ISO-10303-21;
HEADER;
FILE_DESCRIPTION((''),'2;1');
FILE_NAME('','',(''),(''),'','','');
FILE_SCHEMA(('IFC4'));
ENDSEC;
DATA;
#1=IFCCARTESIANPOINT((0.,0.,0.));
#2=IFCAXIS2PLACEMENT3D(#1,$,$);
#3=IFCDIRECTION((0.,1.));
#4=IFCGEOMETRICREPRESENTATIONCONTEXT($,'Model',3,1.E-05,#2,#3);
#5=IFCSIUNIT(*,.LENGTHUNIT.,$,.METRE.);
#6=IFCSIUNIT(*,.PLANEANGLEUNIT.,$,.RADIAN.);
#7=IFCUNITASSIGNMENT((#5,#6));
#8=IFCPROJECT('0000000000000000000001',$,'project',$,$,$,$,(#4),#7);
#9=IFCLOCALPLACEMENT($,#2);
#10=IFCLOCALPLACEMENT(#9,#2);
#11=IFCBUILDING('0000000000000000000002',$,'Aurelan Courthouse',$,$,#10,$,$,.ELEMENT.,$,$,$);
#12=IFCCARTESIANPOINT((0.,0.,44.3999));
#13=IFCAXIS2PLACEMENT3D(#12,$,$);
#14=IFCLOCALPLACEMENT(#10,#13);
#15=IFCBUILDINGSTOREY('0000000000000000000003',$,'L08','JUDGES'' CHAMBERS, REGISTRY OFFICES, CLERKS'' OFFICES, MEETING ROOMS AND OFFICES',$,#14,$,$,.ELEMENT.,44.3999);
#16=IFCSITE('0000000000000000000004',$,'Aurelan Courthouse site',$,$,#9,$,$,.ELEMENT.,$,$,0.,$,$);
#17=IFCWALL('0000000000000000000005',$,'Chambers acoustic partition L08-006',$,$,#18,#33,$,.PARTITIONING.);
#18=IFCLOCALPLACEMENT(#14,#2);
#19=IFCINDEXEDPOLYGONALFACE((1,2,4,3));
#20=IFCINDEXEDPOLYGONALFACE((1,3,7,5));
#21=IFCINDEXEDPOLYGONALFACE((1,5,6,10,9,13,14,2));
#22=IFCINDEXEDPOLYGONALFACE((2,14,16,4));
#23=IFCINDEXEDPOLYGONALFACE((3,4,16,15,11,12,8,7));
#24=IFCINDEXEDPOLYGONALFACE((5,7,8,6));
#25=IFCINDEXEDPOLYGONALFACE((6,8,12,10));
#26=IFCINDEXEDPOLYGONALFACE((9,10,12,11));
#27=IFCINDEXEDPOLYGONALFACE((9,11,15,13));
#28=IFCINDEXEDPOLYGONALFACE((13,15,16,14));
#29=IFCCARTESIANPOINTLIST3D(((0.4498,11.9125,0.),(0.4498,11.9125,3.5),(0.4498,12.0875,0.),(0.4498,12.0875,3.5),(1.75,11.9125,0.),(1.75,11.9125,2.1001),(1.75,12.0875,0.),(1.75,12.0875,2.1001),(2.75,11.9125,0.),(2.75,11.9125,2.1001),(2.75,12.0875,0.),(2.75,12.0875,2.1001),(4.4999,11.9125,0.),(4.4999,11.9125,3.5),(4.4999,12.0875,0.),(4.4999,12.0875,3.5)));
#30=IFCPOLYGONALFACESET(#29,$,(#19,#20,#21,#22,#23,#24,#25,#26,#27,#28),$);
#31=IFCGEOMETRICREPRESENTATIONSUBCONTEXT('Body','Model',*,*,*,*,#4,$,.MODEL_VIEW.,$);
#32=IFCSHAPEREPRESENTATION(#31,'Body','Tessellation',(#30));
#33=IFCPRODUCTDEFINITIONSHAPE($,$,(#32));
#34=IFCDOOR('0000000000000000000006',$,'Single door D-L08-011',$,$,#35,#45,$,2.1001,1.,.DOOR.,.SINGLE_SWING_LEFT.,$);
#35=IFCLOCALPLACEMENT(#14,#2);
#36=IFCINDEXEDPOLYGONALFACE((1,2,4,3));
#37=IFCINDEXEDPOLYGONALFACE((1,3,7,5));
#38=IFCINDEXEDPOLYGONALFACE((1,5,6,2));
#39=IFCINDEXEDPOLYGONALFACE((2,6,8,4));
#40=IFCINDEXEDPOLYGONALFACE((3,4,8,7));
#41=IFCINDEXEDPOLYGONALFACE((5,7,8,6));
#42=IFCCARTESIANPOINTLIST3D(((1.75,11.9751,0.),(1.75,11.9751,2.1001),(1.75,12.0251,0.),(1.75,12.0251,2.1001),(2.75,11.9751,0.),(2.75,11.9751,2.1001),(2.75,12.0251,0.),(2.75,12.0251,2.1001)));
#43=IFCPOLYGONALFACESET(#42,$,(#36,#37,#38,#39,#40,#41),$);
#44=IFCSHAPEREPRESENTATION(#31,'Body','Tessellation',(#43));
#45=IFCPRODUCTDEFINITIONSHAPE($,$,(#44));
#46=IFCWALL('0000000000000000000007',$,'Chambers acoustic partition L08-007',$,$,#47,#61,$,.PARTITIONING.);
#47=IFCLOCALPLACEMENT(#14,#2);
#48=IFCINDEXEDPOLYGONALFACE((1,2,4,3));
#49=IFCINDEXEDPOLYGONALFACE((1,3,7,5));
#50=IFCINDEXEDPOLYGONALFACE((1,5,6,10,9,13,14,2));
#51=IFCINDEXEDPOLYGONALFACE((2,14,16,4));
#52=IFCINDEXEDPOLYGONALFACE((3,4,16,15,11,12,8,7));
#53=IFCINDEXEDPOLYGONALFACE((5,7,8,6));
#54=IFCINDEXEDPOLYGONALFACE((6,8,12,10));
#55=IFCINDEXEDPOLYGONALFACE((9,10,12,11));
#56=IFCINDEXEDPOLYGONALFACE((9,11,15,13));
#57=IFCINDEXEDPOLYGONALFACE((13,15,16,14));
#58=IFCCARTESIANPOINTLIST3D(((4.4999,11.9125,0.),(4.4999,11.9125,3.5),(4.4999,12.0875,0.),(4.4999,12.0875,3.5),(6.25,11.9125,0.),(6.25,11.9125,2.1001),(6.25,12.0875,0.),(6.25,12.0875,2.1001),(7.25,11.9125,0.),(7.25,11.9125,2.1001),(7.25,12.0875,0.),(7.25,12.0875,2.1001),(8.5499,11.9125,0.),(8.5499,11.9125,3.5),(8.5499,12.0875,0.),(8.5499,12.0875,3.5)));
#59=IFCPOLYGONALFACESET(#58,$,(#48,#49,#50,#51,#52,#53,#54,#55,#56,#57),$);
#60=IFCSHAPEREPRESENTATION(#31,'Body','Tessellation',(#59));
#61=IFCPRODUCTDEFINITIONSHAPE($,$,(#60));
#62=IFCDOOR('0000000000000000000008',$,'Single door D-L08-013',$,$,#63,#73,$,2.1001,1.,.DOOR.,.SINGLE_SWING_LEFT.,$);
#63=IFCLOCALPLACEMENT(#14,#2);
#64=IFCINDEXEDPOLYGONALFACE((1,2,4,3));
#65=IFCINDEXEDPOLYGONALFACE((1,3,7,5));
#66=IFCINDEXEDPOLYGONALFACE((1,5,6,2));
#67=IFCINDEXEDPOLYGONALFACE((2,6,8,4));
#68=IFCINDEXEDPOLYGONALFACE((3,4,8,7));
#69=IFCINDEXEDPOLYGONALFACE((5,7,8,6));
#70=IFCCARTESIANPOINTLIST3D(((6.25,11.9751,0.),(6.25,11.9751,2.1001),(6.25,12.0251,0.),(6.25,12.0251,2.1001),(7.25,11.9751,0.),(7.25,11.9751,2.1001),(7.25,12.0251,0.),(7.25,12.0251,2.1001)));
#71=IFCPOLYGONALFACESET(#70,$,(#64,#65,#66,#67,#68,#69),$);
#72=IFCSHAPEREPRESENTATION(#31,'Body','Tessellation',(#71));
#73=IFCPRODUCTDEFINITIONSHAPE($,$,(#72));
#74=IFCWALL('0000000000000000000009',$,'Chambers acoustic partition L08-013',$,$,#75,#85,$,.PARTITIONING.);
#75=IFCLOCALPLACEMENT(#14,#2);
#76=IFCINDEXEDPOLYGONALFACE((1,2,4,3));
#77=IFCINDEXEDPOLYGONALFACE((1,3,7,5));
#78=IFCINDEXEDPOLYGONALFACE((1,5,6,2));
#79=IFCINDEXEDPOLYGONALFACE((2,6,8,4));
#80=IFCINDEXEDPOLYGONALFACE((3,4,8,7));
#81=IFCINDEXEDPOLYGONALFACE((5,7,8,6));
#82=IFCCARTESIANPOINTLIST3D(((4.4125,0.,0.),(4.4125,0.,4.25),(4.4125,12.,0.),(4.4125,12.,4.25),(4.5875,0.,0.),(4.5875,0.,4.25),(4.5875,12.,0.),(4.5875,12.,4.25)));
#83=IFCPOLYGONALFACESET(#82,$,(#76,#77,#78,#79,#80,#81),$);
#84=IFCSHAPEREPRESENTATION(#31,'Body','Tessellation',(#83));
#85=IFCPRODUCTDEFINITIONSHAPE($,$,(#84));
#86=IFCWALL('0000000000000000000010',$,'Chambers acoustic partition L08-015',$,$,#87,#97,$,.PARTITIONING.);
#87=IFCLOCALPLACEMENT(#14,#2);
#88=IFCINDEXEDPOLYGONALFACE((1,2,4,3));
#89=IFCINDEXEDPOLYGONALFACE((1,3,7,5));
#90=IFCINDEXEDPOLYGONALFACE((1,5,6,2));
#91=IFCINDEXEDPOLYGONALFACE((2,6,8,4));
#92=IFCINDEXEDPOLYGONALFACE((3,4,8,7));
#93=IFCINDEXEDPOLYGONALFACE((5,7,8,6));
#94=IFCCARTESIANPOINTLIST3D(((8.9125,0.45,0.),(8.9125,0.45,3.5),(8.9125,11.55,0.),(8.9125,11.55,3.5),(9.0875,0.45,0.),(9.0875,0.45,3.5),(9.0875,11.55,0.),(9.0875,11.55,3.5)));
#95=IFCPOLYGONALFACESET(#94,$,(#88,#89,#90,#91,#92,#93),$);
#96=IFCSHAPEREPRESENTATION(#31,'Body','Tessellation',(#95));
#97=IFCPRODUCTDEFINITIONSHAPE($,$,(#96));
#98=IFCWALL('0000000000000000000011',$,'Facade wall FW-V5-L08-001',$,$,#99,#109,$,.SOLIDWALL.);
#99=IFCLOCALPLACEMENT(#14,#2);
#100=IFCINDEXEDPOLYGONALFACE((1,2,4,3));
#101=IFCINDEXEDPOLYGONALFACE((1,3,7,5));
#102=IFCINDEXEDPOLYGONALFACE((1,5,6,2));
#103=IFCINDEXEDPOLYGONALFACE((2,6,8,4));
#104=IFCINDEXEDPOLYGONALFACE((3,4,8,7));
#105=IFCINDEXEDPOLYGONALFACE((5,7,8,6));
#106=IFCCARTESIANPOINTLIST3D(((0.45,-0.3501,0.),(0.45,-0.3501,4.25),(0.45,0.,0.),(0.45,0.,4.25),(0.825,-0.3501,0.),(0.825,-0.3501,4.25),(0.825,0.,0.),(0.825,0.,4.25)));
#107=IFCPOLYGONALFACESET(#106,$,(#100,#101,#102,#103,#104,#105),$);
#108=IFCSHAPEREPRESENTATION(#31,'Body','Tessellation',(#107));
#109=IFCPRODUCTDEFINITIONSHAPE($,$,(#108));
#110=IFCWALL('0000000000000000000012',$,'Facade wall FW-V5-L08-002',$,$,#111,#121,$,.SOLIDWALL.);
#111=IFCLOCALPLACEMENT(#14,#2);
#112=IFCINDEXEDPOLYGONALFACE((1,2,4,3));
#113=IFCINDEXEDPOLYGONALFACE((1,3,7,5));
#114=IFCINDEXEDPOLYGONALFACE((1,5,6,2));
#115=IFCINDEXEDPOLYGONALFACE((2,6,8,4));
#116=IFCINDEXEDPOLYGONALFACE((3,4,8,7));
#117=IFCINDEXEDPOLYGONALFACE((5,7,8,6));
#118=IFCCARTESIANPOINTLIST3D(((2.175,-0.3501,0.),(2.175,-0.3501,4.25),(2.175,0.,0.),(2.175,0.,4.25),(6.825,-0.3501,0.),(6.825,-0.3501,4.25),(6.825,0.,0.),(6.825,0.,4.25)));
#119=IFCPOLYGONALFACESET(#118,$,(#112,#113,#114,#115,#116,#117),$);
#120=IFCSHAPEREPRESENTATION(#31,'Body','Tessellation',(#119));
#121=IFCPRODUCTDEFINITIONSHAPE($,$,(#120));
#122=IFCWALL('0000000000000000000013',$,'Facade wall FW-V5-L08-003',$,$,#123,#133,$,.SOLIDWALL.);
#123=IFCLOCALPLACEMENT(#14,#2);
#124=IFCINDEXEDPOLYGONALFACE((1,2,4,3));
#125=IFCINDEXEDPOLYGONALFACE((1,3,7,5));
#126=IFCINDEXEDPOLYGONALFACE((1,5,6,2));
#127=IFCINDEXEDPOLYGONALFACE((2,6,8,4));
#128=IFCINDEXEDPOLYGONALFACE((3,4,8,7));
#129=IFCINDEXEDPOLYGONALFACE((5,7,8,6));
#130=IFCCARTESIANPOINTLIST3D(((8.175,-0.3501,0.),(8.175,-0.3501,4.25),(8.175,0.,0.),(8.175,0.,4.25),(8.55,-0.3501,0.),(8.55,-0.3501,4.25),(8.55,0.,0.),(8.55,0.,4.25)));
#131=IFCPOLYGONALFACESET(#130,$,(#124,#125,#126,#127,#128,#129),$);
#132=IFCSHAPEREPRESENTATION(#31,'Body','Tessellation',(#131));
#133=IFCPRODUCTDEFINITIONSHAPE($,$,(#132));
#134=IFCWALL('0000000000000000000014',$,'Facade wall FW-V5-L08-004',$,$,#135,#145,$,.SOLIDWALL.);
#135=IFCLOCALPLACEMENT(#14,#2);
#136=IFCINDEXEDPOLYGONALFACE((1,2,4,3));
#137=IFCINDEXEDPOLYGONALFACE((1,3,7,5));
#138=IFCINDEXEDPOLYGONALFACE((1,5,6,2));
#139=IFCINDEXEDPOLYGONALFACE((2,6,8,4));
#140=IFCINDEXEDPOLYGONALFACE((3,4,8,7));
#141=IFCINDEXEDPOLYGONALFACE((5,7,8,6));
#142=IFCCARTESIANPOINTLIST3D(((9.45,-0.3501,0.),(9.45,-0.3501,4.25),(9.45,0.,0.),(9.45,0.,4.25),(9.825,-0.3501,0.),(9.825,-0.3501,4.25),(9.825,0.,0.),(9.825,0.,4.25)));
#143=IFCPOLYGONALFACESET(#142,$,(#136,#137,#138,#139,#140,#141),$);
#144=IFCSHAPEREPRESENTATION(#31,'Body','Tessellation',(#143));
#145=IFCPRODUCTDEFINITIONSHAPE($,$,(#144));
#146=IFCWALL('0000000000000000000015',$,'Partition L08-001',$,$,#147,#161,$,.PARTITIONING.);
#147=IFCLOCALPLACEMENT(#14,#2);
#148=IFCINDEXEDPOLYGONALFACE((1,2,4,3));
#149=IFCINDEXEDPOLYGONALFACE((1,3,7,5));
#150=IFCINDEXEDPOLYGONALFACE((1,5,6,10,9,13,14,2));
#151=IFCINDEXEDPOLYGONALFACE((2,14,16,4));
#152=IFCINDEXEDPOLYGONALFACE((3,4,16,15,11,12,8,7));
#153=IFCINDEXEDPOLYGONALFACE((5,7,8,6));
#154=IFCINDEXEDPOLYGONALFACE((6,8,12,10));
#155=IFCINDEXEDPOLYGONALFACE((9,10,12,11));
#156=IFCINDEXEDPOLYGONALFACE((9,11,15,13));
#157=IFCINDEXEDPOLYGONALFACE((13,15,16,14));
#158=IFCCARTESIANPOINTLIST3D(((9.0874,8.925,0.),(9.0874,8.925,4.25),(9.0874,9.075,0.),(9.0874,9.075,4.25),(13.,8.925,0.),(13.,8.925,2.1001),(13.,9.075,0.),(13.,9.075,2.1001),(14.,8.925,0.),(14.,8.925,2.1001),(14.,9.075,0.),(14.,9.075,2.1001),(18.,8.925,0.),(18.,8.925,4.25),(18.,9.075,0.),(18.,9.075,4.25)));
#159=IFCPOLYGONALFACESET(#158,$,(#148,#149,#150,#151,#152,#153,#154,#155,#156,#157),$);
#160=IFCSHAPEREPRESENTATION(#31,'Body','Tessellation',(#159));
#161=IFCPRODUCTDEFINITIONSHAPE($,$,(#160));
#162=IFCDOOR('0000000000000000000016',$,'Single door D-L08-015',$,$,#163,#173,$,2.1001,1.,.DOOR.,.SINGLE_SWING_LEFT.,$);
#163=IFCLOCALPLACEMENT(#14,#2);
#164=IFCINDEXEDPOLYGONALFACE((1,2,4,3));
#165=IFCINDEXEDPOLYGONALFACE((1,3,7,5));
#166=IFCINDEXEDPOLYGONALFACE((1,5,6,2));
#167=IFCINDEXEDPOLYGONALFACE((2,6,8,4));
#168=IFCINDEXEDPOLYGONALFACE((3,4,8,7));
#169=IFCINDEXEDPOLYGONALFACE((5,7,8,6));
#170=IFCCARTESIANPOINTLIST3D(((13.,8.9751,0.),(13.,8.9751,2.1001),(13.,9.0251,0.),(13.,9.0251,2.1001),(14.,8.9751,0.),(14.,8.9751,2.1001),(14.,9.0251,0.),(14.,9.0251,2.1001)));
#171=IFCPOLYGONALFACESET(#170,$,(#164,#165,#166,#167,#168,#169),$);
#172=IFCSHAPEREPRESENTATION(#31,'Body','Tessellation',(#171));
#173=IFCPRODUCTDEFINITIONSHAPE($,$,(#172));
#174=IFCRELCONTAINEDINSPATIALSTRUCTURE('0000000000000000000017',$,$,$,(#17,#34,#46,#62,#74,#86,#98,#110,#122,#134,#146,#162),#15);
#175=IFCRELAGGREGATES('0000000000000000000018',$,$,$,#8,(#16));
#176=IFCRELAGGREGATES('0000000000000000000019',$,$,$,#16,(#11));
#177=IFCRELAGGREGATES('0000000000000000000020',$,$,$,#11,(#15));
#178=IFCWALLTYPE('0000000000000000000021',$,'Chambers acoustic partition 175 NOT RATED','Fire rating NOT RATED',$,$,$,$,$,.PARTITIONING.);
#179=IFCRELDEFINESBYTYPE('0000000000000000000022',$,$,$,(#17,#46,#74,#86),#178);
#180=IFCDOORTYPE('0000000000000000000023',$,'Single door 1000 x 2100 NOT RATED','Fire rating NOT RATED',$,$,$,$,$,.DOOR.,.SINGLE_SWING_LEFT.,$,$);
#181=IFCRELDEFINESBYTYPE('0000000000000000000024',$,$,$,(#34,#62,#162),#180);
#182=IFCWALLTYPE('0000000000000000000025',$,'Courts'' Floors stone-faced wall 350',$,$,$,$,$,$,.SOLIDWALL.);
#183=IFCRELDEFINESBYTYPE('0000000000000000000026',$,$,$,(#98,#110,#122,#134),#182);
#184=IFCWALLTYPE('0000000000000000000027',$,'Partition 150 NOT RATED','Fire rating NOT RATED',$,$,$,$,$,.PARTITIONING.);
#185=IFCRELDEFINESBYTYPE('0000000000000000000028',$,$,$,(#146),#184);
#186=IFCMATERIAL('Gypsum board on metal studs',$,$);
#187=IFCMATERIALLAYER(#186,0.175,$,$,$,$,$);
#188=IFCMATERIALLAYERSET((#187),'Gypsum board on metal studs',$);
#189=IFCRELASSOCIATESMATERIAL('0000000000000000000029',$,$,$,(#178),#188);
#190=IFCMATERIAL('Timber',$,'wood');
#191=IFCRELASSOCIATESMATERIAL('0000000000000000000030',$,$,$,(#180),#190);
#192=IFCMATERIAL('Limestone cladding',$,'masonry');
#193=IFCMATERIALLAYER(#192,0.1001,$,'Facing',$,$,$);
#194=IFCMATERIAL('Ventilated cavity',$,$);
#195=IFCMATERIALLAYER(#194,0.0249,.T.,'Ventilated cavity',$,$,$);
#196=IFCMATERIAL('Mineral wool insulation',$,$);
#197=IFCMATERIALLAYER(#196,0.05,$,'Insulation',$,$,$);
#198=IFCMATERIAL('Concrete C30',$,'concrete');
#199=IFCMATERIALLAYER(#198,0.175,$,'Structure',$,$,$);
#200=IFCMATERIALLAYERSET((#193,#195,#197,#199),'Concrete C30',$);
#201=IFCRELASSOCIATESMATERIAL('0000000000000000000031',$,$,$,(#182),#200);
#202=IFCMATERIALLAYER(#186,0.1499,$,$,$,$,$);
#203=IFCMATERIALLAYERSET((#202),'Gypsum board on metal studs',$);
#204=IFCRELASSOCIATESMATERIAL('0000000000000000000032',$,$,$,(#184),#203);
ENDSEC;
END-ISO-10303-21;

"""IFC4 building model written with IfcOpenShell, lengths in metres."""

from ifc_helpers import new_model, si_unit, direction, frame, frame_2d, origin, place, context, subcontext, project, spatial, rectangle, extrude, material, layer, layer_set, type_object, element, fill, save


model = new_model("IFC4")

# Units and contexts
model_context = context("Model", 3, precision=1e-05, world=origin(), true_north=direction((0.0, 1.0)))
body_context = subcontext(model_context, "Body", "Model", "MODEL_VIEW")
ifc_project = project(units=[si_unit("LENGTHUNIT", "METRE"), si_unit("PLANEANGLEUNIT", "RADIAN")], contexts=[model_context])

# Site, building, storey
site_placement = place(None, origin())
site = spatial("IfcSite", under=ifc_project, at=site_placement, Name="Aurelan Courthouse site", CompositionType="ELEMENT", RefElevation=0.0)
building_placement = place(site_placement, origin())
building = spatial("IfcBuilding", under=site, at=building_placement, Name="Aurelan Courthouse", CompositionType="ELEMENT")
storey_placement = place(building_placement, frame((0.0, 0.0, 44.3999)))
storey = spatial("IfcBuildingStorey", under=building, at=storey_placement, Name="L08", Description="JUDGES' CHAMBERS, REGISTRY OFFICES, CLERKS' OFFICES, MEETING ROOMS AND OFFICES", CompositionType="ELEMENT", Elevation=44.3999)

# Walls, openings, doors
ifc_material_1 = material(Name="Gypsum board on metal studs")
ifc_layer_1 = layer(ifc_material_1, 0.175)
ifc_layer_set_1 = layer_set([ifc_layer_1], Name="Gypsum board on metal studs")
wall_type_1 = type_object("IfcWallType", Name="Chambers acoustic partition 175 NOT RATED", Description="Fire rating NOT RATED", PredefinedType="PARTITIONING", material=ifc_layer_set_1)
wall_1_placement = place(storey_placement, frame((0.45, 12.0, 0.0), z_axis=(0.0, 0.0, 1.0), x_axis=(1.0, 0.0, 0.0)))
wall_1 = element("IfcWall", 1, at=wall_1_placement, inside=storey, type_object=wall_type_1, Name="Chambers acoustic partition L08-006", PredefinedType="PARTITIONING", context=body_context, shape_type="SweptSolid", body=[
    extrude(rectangle(XDim=4.05, YDim=0.175, at=frame_2d((2.0249, 0.0))), origin(), (0.0, 0.0, 1.0), 3.5),
])
opening_1_placement = place(wall_1_placement, frame((2.3, 0.0, 0.0), z_axis=(0.0, 0.0, 1.0), x_axis=(-1.0, 0.0, 0.0)))
opening_1 = element("IfcOpeningElement", 2, at=opening_1_placement, cuts=wall_1, PredefinedType="OPENING", context=body_context, shape_type="SweptSolid", body=[
    extrude(rectangle(XDim=1.0, YDim=2.1001, at=frame_2d((0.5, 1.05))), frame((0.0, 0.0974, 0.0), z_axis=(0.0, -1.0, 0.0), x_axis=(1.0, 0.0, 0.0)), (0.0, 0.0, 1.0), 0.1951),
])
ifc_material_2 = material(Name="Timber", Category="wood")
door_type = type_object("IfcDoorType", Name="Single door 1000 x 2100 NOT RATED", Description="Fire rating NOT RATED", OperationType="SINGLE_SWING_LEFT", PredefinedType="DOOR", material=ifc_material_2)
door_1_placement = place(opening_1_placement, origin())
door_1 = element("IfcDoor", 3, at=door_1_placement, inside=storey, type_object=door_type, Name="Single door D-L08-011", OperationType="SINGLE_SWING_LEFT", OverallHeight=2.1001, OverallWidth=1.0, PredefinedType="DOOR", context=body_context, shape_type="SweptSolid", body=[
    extrude(rectangle(XDim=1.0, YDim=2.1001, at=frame_2d((0.5, 1.05))), frame((0.0, 0.0249, 0.0), z_axis=(0.0, -1.0, 0.0), x_axis=(1.0, 0.0, 0.0)), (0.0, 0.0, 1.0), 0.05),
])
fill(opening_1, door_1)
wall_2_placement = place(storey_placement, frame((4.5, 12.0, 0.0), z_axis=(0.0, 0.0, 1.0), x_axis=(1.0, 0.0, 0.0)))
wall_2 = element("IfcWall", 4, at=wall_2_placement, inside=storey, type_object=wall_type_1, Name="Chambers acoustic partition L08-007", PredefinedType="PARTITIONING", context=body_context, shape_type="SweptSolid", body=[
    extrude(rectangle(XDim=4.05, YDim=0.175, at=frame_2d((2.0249, 0.0))), origin(), (0.0, 0.0, 1.0), 3.5),
])
opening_2_placement = place(wall_2_placement, frame((2.75, 0.0, 0.0), z_axis=(0.0, 0.0, 1.0), x_axis=(-1.0, 0.0, 0.0)))
opening_2 = element("IfcOpeningElement", 5, at=opening_2_placement, cuts=wall_2, PredefinedType="OPENING", context=body_context, shape_type="SweptSolid", body=[
    extrude(rectangle(XDim=1.0, YDim=2.1001, at=frame_2d((0.5, 1.05))), frame((0.0, 0.0974, 0.0), z_axis=(0.0, -1.0, 0.0), x_axis=(1.0, 0.0, 0.0)), (0.0, 0.0, 1.0), 0.1951),
])
door_2_placement = place(opening_2_placement, origin())
door_2 = element("IfcDoor", 6, at=door_2_placement, inside=storey, type_object=door_type, Name="Single door D-L08-013", OperationType="SINGLE_SWING_LEFT", OverallHeight=2.1001, OverallWidth=1.0, PredefinedType="DOOR", context=body_context, shape_type="SweptSolid", body=[
    extrude(rectangle(XDim=1.0, YDim=2.1001, at=frame_2d((0.5, 1.05))), frame((0.0, 0.0249, 0.0), z_axis=(0.0, -1.0, 0.0), x_axis=(1.0, 0.0, 0.0)), (0.0, 0.0, 1.0), 0.05),
])
fill(opening_2, door_2)

# Walls
wall_3_placement = place(storey_placement, frame((4.5, 0.0, 0.0), z_axis=(0.0, 0.0, 1.0), x_axis=(0.0, 1.0, 0.0)))
element("IfcWall", 7, at=wall_3_placement, inside=storey, type_object=wall_type_1, Name="Chambers acoustic partition L08-013", PredefinedType="PARTITIONING", context=body_context, shape_type="SweptSolid", body=[
    extrude(rectangle(XDim=12.0, YDim=0.175, at=frame_2d((6.0, 0.0))), origin(), (0.0, 0.0, 1.0), 4.25),
])
wall_4_placement = place(storey_placement, frame((9.0, 0.45, 0.0), z_axis=(0.0, 0.0, 1.0), x_axis=(0.0, 1.0, 0.0)))
element("IfcWall", 8, at=wall_4_placement, inside=storey, type_object=wall_type_1, Name="Chambers acoustic partition L08-015", PredefinedType="PARTITIONING", context=body_context, shape_type="SweptSolid", body=[
    extrude(rectangle(XDim=11.1001, YDim=0.175, at=frame_2d((5.55, 0.0))), origin(), (0.0, 0.0, 1.0), 3.5),
])
ifc_material_3 = material(Name="Limestone cladding", Category="masonry")
ifc_layer_2 = layer(ifc_material_3, 0.1001, Name="Facing")
ifc_material_4 = material(Name="Ventilated cavity")
ifc_layer_3 = layer(ifc_material_4, 0.0249, ventilated=True, Name="Ventilated cavity")
ifc_material_5 = material(Name="Mineral wool insulation")
ifc_layer_4 = layer(ifc_material_5, 0.05, Name="Insulation")
ifc_material_6 = material(Name="Concrete C30", Category="concrete")
ifc_layer_5 = layer(ifc_material_6, 0.175, Name="Structure")
ifc_layer_set_2 = layer_set([ifc_layer_2, ifc_layer_3, ifc_layer_4, ifc_layer_5], Name="Concrete C30")
wall_type_2 = type_object("IfcWallType", Name="Courts' Floors stone-faced wall 350", PredefinedType="SOLIDWALL", material=ifc_layer_set_2)
wall_5_placement = place(storey_placement, frame((0.45, -0.175, 0.0), z_axis=(0.0, 0.0, 1.0), x_axis=(1.0, 0.0, 0.0)))
element("IfcWall", 9, at=wall_5_placement, inside=storey, type_object=wall_type_2, Name="Facade wall FW-V5-L08-001", PredefinedType="SOLIDWALL", context=body_context, shape_type="SweptSolid", body=[
    extrude(rectangle(XDim=0.375, YDim=0.3501, at=frame_2d((0.1875, 0.0))), origin(), (0.0, 0.0, 1.0), 4.25),
])
wall_6_placement = place(storey_placement, frame((2.175, -0.175, 0.0), z_axis=(0.0, 0.0, 1.0), x_axis=(1.0, 0.0, 0.0)))
element("IfcWall", 10, at=wall_6_placement, inside=storey, type_object=wall_type_2, Name="Facade wall FW-V5-L08-002", PredefinedType="SOLIDWALL", context=body_context, shape_type="SweptSolid", body=[
    extrude(rectangle(XDim=4.6499, YDim=0.3501, at=frame_2d((2.325, 0.0))), origin(), (0.0, 0.0, 1.0), 4.25),
])
for number, where, z_axis, x_axis, name in (
    (11, (8.175, -0.175, 0.0), (0.0, 0.0, 1.0), (1.0, 0.0, 0.0), "Facade wall FW-V5-L08-003"),
    (12, (9.45, -0.175, 0.0), (0.0, 0.0, 1.0), (1.0, 0.0, 0.0), "Facade wall FW-V5-L08-004"),
):
    element("IfcWall", number, at=place(storey_placement, frame(where, z_axis=z_axis, x_axis=x_axis)), inside=storey, type_object=wall_type_2, Name=name, PredefinedType="SOLIDWALL", context=body_context, shape_type="SweptSolid", body=[
        extrude(rectangle(XDim=0.375, YDim=0.3501, at=frame_2d((0.1875, 0.0))), origin(), (0.0, 0.0, 1.0), 4.25),
    ])

# Wall, opening, door
ifc_layer_6 = layer(ifc_material_1, 0.1499)
ifc_layer_set_3 = layer_set([ifc_layer_6], Name="Gypsum board on metal studs")
wall_type_3 = type_object("IfcWallType", Name="Partition 150 NOT RATED", Description="Fire rating NOT RATED", PredefinedType="PARTITIONING", material=ifc_layer_set_3)
wall_7_placement = place(storey_placement, frame((9.0874, 9.0, 0.0), z_axis=(0.0, 0.0, 1.0), x_axis=(1.0, 0.0, 0.0)))
wall_7 = element("IfcWall", 13, at=wall_7_placement, inside=storey, type_object=wall_type_3, Name="Partition L08-001", PredefinedType="PARTITIONING", context=body_context, shape_type="SweptSolid", body=[
    extrude(rectangle(XDim=8.9126, YDim=0.1499, at=frame_2d((4.4563, 0.0))), origin(), (0.0, 0.0, 1.0), 4.25),
])
opening_3_placement = place(wall_7_placement, frame((4.9126, 0.0, 0.0), z_axis=(0.0, 0.0, 1.0), x_axis=(-1.0, 0.0, 0.0)))
opening_3 = element("IfcOpeningElement", 14, at=opening_3_placement, cuts=wall_7, PredefinedType="OPENING", context=body_context, shape_type="SweptSolid", body=[
    extrude(rectangle(XDim=1.0, YDim=2.1001, at=frame_2d((0.5, 1.05))), frame((0.0, 0.085, 0.0), z_axis=(0.0, -1.0, 0.0), x_axis=(1.0, 0.0, 0.0)), (0.0, 0.0, 1.0), 0.1699),
])
door_3_placement = place(opening_3_placement, origin())
door_3 = element("IfcDoor", 15, at=door_3_placement, inside=storey, type_object=door_type, Name="Single door D-L08-015", OperationType="SINGLE_SWING_LEFT", OverallHeight=2.1001, OverallWidth=1.0, PredefinedType="DOOR", context=body_context, shape_type="SweptSolid", body=[
    extrude(rectangle(XDim=1.0, YDim=2.1001, at=frame_2d((0.5, 1.05))), frame((0.0, 0.0249, 0.0), z_axis=(0.0, -1.0, 0.0), x_axis=(1.0, 0.0, 0.0)), (0.0, 0.0, 1.0), 0.05),
])
fill(opening_3, door_3)

save(model, "model.ifc")
